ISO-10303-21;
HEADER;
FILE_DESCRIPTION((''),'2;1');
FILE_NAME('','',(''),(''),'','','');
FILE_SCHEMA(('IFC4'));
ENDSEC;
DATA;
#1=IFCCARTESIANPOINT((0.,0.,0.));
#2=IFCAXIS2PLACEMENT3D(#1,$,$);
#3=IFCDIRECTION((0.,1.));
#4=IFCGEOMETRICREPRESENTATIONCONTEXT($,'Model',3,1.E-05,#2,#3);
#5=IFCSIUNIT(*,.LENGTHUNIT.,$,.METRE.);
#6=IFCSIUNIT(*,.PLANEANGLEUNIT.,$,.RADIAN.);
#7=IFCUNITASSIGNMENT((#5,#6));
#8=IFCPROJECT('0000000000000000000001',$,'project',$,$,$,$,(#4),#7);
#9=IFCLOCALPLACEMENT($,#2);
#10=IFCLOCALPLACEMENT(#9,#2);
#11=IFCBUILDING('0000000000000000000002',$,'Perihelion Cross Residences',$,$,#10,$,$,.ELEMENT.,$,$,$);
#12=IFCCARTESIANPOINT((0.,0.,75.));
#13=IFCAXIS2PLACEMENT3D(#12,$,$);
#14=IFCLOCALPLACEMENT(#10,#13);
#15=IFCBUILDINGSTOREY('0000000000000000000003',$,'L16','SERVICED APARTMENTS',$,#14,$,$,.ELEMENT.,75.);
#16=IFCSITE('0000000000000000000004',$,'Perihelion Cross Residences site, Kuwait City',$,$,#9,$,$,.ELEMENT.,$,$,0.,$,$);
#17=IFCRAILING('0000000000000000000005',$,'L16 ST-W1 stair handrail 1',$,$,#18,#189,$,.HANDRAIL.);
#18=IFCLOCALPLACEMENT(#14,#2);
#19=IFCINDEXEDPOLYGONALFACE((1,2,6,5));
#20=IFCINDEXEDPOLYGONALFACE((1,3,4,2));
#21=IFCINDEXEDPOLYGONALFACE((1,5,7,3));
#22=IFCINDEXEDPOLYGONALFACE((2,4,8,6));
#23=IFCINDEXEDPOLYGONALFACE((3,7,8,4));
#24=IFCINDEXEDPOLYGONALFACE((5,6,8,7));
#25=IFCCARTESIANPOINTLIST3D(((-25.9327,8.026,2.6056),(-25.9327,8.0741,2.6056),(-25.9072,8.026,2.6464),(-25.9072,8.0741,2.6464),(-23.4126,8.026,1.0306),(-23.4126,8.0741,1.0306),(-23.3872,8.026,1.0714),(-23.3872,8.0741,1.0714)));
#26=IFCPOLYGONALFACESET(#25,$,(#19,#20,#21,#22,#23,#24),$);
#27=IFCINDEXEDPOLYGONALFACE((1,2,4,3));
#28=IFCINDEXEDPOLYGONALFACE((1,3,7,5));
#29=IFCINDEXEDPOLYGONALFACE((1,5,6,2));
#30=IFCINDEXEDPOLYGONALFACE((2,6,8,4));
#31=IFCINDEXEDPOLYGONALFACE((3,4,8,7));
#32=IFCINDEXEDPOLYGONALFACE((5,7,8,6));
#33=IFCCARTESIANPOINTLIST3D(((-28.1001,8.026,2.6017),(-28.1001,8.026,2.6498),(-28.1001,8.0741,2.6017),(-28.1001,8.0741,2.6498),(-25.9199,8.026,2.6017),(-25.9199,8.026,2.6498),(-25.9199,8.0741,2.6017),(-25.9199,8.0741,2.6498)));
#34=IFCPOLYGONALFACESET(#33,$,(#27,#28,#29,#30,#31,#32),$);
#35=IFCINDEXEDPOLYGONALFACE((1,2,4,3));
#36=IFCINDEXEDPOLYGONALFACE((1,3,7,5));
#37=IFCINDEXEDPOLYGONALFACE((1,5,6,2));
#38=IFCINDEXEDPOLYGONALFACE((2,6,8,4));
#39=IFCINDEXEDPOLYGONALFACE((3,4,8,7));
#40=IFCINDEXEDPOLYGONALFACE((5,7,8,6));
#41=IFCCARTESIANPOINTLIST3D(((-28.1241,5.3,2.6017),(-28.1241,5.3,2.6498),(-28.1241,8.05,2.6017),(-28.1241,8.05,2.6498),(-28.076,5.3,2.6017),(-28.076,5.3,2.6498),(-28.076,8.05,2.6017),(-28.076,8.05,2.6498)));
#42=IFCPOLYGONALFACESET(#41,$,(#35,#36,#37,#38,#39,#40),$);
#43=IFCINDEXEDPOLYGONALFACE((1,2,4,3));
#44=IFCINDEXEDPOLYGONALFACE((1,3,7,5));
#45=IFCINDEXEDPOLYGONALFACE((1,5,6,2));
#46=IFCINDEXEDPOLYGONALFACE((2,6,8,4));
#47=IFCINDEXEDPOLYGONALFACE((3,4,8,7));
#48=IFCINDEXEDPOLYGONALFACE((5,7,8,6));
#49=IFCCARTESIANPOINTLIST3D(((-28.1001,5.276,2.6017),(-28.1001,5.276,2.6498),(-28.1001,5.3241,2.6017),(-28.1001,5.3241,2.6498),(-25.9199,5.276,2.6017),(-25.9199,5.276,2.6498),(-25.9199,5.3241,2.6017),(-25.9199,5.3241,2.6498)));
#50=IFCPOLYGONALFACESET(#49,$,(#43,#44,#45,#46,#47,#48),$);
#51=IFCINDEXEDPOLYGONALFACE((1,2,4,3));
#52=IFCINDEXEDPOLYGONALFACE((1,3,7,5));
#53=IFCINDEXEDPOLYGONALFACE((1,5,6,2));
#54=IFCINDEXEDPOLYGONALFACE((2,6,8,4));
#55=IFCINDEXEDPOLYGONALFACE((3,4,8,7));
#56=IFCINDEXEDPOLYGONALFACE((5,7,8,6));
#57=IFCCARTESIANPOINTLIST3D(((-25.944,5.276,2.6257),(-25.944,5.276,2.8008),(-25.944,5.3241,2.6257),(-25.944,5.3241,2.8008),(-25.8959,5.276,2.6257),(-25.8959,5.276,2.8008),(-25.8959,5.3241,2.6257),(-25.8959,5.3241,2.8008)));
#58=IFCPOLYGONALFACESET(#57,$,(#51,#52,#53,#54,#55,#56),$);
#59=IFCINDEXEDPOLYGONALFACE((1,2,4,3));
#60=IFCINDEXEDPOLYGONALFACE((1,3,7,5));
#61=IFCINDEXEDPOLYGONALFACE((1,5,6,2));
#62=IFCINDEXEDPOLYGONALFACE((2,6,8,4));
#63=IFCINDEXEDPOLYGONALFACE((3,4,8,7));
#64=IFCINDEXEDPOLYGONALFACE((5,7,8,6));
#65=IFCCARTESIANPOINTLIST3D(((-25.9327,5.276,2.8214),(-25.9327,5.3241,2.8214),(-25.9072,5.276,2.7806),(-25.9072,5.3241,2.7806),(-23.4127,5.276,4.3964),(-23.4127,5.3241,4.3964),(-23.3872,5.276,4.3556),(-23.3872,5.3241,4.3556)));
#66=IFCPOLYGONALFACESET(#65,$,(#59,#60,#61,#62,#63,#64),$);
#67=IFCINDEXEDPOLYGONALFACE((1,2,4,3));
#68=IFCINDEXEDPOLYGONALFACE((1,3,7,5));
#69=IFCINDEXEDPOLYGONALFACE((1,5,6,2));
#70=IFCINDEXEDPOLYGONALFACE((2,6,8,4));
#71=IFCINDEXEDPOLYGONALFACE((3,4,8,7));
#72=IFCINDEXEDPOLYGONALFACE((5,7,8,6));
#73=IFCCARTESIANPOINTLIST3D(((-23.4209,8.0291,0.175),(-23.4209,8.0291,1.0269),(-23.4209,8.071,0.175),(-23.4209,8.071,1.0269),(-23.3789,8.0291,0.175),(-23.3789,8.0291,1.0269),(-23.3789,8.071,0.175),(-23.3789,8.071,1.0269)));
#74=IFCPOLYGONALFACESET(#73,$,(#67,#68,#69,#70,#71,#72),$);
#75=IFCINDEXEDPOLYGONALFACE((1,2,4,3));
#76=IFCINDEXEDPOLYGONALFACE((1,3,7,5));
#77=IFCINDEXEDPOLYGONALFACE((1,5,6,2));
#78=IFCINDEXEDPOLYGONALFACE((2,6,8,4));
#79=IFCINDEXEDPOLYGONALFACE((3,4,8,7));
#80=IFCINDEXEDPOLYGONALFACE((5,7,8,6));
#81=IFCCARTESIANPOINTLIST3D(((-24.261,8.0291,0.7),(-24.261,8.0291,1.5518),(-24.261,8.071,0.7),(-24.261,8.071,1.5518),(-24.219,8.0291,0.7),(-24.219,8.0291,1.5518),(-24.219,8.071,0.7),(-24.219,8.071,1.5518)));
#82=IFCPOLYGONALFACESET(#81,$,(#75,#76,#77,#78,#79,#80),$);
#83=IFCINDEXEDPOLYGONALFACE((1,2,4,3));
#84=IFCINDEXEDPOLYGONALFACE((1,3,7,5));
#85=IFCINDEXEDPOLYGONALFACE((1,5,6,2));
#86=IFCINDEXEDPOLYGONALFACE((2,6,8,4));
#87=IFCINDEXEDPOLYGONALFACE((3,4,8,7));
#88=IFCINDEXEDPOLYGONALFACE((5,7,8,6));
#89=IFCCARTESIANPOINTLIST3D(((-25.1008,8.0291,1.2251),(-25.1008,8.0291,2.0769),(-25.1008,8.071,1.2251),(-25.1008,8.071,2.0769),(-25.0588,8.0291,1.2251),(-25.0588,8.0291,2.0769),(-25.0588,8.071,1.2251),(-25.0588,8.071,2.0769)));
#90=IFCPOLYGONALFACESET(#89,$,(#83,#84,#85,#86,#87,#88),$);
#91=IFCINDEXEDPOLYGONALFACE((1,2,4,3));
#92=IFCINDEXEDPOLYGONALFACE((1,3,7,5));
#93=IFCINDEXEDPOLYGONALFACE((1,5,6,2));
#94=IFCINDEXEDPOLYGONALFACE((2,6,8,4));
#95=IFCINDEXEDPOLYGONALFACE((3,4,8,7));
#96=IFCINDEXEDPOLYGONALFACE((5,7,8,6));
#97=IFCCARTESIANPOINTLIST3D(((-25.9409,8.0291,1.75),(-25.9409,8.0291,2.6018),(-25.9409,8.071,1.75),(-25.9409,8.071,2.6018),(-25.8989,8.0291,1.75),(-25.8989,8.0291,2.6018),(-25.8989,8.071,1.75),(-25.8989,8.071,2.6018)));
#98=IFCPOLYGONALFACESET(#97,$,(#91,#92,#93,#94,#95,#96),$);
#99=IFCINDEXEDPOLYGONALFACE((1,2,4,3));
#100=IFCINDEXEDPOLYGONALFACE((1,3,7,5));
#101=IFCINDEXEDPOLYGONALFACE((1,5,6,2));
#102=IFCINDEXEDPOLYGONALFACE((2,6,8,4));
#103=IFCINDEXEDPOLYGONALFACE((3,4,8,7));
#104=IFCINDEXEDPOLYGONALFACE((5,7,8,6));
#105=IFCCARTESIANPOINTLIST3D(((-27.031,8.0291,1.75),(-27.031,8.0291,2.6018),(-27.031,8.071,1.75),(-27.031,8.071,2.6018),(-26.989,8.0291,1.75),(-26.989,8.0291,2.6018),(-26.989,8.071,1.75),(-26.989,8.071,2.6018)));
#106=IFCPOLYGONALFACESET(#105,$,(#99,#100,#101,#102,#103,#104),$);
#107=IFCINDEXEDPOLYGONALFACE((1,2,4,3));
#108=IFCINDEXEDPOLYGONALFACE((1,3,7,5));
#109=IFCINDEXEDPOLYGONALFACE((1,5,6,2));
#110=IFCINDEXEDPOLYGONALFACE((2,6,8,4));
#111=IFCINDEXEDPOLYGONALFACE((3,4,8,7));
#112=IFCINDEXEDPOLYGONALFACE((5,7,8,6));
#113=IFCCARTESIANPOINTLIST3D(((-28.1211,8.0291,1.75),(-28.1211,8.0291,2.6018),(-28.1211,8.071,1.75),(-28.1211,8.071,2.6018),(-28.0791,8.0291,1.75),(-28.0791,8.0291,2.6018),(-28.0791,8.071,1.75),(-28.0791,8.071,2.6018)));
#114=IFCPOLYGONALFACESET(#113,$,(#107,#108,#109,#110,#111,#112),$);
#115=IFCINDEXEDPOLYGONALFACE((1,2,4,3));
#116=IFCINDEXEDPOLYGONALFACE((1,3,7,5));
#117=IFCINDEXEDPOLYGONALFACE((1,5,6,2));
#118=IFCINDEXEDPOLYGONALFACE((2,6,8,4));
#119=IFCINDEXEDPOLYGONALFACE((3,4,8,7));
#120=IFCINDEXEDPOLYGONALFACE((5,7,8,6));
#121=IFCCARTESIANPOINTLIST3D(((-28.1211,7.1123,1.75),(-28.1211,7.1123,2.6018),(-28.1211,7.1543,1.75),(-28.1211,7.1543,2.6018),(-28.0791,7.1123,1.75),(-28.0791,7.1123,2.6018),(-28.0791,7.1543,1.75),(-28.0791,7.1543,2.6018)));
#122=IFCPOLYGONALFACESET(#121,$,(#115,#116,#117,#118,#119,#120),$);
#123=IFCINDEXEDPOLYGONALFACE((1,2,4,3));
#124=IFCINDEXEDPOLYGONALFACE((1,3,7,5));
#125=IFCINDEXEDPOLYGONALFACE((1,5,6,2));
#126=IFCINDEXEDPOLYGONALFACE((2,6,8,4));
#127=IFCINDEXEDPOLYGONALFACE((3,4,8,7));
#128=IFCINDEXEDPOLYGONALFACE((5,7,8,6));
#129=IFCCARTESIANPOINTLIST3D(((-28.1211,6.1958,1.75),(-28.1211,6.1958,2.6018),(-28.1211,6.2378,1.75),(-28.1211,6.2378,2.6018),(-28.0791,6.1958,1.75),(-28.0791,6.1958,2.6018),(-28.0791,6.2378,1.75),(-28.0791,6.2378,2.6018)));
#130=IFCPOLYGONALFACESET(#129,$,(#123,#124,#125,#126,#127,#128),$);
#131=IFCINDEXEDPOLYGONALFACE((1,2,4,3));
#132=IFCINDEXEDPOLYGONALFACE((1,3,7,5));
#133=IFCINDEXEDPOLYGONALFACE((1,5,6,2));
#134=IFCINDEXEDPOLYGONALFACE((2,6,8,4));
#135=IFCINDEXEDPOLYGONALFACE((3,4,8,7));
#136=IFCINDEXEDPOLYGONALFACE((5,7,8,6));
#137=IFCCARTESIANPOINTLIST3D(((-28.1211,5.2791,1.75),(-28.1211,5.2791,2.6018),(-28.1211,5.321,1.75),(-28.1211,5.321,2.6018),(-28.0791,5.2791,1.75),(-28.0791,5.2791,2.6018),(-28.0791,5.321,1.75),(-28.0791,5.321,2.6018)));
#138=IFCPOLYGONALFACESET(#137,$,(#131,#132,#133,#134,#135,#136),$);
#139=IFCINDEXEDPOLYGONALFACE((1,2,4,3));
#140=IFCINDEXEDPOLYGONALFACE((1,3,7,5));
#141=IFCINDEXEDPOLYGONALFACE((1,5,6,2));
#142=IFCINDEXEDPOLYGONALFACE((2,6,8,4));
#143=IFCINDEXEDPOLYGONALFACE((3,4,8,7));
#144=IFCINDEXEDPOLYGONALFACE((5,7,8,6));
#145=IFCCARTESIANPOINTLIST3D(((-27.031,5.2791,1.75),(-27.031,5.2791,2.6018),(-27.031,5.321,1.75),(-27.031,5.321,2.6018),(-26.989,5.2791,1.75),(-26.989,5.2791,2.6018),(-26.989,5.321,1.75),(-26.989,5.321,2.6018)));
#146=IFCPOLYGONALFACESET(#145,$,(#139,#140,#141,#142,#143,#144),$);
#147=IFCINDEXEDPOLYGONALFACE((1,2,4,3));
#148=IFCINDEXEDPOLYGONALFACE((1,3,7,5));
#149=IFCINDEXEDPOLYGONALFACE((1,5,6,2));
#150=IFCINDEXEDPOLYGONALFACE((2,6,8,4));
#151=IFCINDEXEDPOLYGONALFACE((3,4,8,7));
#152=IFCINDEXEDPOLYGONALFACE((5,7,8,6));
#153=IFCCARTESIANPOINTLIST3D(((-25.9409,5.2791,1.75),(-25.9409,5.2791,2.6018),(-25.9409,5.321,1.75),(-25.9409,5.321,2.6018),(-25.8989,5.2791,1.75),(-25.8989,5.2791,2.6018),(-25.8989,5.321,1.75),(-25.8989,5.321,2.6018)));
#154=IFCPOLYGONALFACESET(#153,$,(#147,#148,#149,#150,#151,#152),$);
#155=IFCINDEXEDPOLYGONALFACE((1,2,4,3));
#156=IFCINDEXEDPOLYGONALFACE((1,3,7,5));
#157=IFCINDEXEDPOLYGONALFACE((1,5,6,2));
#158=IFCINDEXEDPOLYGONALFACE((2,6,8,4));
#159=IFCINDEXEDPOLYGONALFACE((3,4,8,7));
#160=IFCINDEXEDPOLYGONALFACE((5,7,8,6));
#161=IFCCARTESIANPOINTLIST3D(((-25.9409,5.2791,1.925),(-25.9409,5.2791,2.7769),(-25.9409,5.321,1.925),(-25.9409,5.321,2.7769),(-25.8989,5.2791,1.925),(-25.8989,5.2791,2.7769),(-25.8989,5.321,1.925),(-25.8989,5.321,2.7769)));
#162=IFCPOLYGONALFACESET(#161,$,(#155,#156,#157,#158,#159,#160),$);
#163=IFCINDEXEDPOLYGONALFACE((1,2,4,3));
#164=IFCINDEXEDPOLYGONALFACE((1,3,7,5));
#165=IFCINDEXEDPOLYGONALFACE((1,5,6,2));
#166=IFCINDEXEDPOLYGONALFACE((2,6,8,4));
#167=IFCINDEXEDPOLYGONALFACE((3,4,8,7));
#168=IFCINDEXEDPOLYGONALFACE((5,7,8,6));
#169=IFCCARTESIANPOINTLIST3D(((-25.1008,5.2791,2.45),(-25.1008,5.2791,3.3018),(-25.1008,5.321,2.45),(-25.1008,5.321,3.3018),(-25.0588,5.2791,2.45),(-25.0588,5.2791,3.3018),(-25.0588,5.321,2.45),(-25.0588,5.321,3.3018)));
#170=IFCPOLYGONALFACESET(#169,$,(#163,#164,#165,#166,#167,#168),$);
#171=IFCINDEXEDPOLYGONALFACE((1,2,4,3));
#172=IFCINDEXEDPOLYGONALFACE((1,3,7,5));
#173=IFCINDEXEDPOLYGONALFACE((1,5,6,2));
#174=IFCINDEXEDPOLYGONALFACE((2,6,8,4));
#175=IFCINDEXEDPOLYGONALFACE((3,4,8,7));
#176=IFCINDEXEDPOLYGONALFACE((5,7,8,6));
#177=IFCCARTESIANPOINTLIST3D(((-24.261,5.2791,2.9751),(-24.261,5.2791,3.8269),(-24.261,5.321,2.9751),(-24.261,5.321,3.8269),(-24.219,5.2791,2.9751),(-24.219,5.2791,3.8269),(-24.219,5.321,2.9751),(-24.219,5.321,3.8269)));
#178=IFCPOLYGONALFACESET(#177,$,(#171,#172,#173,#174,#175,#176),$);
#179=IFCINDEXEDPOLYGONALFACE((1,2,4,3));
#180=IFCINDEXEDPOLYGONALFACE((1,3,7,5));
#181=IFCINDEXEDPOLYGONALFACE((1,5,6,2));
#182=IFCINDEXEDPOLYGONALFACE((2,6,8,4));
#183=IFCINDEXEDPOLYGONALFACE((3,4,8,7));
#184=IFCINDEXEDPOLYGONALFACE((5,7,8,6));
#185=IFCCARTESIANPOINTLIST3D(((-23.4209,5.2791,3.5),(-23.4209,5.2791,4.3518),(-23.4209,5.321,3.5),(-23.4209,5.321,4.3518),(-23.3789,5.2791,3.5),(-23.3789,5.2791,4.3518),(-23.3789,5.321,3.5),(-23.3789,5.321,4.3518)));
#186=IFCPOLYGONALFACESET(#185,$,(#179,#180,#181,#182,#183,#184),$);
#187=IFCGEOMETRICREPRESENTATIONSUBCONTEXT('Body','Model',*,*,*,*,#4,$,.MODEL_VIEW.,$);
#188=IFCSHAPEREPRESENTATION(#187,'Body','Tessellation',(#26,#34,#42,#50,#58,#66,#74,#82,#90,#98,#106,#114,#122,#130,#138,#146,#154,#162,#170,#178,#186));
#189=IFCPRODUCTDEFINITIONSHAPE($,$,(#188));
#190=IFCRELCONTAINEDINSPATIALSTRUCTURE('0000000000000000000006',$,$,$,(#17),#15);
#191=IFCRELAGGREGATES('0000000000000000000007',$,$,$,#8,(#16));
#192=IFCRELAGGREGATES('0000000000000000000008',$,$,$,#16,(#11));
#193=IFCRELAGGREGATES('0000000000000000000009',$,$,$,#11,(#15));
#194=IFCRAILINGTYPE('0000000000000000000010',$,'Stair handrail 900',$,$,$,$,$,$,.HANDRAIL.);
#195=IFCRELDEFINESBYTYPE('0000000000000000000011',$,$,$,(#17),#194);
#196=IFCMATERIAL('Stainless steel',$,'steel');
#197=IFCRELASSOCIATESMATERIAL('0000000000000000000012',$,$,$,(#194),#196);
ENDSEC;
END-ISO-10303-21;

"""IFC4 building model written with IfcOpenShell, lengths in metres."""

from ifc_helpers import new_model, si_unit, direction, frame, origin, origin_2d, place, context, subcontext, project, spatial, rectangle, extrude, material, type_object, element, save


model = new_model("IFC4")

# Units and contexts
model_context = context("Model", 3, precision=1e-05, world=origin(), true_north=direction((0.0, 1.0)))
body_context = subcontext(model_context, "Body", "Model", "MODEL_VIEW")
ifc_project = project(units=[si_unit("LENGTHUNIT", "METRE"), si_unit("PLANEANGLEUNIT", "RADIAN")], contexts=[model_context])

# Site, building, storey
site_placement = place(None, origin())
site = spatial("IfcSite", under=ifc_project, at=site_placement, Name="Perihelion Cross Residences site, Kuwait City", CompositionType="ELEMENT", RefElevation=0.0)
building_placement = place(site_placement, origin())
building = spatial("IfcBuilding", under=site, at=building_placement, Name="Perihelion Cross Residences", CompositionType="ELEMENT")
storey_placement = place(building_placement, frame((0.0, 0.0, 75.0)))
storey = spatial("IfcBuildingStorey", under=building, at=storey_placement, Name="L16", Description="SERVICED APARTMENTS", CompositionType="ELEMENT", Elevation=75.0)

# Railing
ifc_material_1 = material(Name="Stainless steel", Category="steel")
railing_type_1 = type_object("IfcRailingType", Name="Stair handrail 900", PredefinedType="HANDRAIL", material=ifc_material_1)
railing_1_placement = place(storey_placement, frame((-23.3999, 8.05, 0.175)))
element("IfcRailing", 1, at=railing_1_placement, inside=storey, type_object=railing_type_1, Name="L16 ST-W1 stair handrail 1", PredefinedType="HANDRAIL", context=body_context, shape_type="SweptSolid", body=[
    extrude(rectangle(XDim=0.0481, YDim=0.0481, at=origin_2d()), frame((0.0, 0.0, 0.876), z_axis=(-0.848008, 0.0, 0.529984), x_axis=(0.0, -1.0, 0.0)), (0.0, 0.0, 1.0), 2.9717),
    extrude(rectangle(XDim=0.0481, YDim=0.0481, at=origin_2d()), frame((-2.52, 0.0, 2.4507), z_axis=(-1.0, 0.0, 0.0), x_axis=(0.0, -1.0, 0.0)), (0.0, 0.0, 1.0), 2.1802),
    extrude(rectangle(XDim=0.0481, YDim=0.0481, at=origin_2d()), frame((-4.7002, 0.0, 2.4507), z_axis=(0.0, -1.0, 0.0), x_axis=(1.0, 0.0, 0.0)), (0.0, 0.0, 1.0), 2.75),
    extrude(rectangle(XDim=0.0481, YDim=0.0481, at=origin_2d()), frame((-4.7002, -2.75, 2.4507), z_axis=(1.0, 0.0, 0.0), x_axis=(0.0, 1.0, 0.0)), (0.0, 0.0, 1.0), 2.1802),
    extrude(rectangle(XDim=0.0481, YDim=0.0481, at=origin_2d()), frame((-2.52, -2.75, 2.4507), z_axis=(0.0, 0.0, 1.0), x_axis=(1.0, 0.0, 0.0)), (0.0, 0.0, 1.0), 0.175),
    extrude(rectangle(XDim=0.0481, YDim=0.0481, at=origin_2d()), frame((-2.52, -2.75, 2.626), z_axis=(0.848008, 0.0, 0.529984), x_axis=(0.0, 1.0, 0.0)), (0.0, 0.0, 1.0), 2.9717),
    extrude(rectangle(XDim=0.042, YDim=0.042, at=origin_2d()), origin(), (0.0, 0.0, 1.0), 0.8518),
    extrude(rectangle(XDim=0.042, YDim=0.042, at=origin_2d()), frame((-0.8401, 0.0, 0.5249)), (0.0, 0.0, 1.0), 0.8518),
    extrude(rectangle(XDim=0.042, YDim=0.042, at=origin_2d()), frame((-1.6799, 0.0, 1.05)), (0.0, 0.0, 1.0), 0.8518),
    extrude(rectangle(XDim=0.042, YDim=0.042, at=origin_2d()), frame((-2.52, 0.0, 1.575)), (0.0, 0.0, 1.0), 0.8518),
    extrude(rectangle(XDim=0.042, YDim=0.042, at=origin_2d()), frame((-3.6101, 0.0, 1.575)), (0.0, 0.0, 1.0), 0.8518),
    extrude(rectangle(XDim=0.042, YDim=0.042, at=origin_2d()), frame((-4.7002, 0.0, 1.575)), (0.0, 0.0, 1.0), 0.8518),
    extrude(rectangle(XDim=0.042, YDim=0.042, at=origin_2d()), frame((-4.7002, -0.9167, 1.575)), (0.0, 0.0, 1.0), 0.8518),
    extrude(rectangle(XDim=0.042, YDim=0.042, at=origin_2d()), frame((-4.7002, -1.8333, 1.575)), (0.0, 0.0, 1.0), 0.8518),
    extrude(rectangle(XDim=0.042, YDim=0.042, at=origin_2d()), frame((-4.7002, -2.75, 1.575)), (0.0, 0.0, 1.0), 0.8518),
    extrude(rectangle(XDim=0.042, YDim=0.042, at=origin_2d()), frame((-3.6101, -2.75, 1.575)), (0.0, 0.0, 1.0), 0.8518),
    extrude(rectangle(XDim=0.042, YDim=0.042, at=origin_2d()), frame((-2.52, -2.75, 1.575)), (0.0, 0.0, 1.0), 0.8518),
    extrude(rectangle(XDim=0.042, YDim=0.042, at=origin_2d()), frame((-2.52, -2.75, 1.75)), (0.0, 0.0, 1.0), 0.8518),
    extrude(rectangle(XDim=0.042, YDim=0.042, at=origin_2d()), frame((-1.6799, -2.75, 2.2749)), (0.0, 0.0, 1.0), 0.8518),
    extrude(rectangle(XDim=0.042, YDim=0.042, at=origin_2d()), frame((-0.8401, -2.75, 2.8)), (0.0, 0.0, 1.0), 0.8518),
    extrude(rectangle(XDim=0.042, YDim=0.042, at=origin_2d()), frame((0.0, -2.75, 3.325)), (0.0, 0.0, 1.0), 0.8518),
])

save(model, "model.ifc")
